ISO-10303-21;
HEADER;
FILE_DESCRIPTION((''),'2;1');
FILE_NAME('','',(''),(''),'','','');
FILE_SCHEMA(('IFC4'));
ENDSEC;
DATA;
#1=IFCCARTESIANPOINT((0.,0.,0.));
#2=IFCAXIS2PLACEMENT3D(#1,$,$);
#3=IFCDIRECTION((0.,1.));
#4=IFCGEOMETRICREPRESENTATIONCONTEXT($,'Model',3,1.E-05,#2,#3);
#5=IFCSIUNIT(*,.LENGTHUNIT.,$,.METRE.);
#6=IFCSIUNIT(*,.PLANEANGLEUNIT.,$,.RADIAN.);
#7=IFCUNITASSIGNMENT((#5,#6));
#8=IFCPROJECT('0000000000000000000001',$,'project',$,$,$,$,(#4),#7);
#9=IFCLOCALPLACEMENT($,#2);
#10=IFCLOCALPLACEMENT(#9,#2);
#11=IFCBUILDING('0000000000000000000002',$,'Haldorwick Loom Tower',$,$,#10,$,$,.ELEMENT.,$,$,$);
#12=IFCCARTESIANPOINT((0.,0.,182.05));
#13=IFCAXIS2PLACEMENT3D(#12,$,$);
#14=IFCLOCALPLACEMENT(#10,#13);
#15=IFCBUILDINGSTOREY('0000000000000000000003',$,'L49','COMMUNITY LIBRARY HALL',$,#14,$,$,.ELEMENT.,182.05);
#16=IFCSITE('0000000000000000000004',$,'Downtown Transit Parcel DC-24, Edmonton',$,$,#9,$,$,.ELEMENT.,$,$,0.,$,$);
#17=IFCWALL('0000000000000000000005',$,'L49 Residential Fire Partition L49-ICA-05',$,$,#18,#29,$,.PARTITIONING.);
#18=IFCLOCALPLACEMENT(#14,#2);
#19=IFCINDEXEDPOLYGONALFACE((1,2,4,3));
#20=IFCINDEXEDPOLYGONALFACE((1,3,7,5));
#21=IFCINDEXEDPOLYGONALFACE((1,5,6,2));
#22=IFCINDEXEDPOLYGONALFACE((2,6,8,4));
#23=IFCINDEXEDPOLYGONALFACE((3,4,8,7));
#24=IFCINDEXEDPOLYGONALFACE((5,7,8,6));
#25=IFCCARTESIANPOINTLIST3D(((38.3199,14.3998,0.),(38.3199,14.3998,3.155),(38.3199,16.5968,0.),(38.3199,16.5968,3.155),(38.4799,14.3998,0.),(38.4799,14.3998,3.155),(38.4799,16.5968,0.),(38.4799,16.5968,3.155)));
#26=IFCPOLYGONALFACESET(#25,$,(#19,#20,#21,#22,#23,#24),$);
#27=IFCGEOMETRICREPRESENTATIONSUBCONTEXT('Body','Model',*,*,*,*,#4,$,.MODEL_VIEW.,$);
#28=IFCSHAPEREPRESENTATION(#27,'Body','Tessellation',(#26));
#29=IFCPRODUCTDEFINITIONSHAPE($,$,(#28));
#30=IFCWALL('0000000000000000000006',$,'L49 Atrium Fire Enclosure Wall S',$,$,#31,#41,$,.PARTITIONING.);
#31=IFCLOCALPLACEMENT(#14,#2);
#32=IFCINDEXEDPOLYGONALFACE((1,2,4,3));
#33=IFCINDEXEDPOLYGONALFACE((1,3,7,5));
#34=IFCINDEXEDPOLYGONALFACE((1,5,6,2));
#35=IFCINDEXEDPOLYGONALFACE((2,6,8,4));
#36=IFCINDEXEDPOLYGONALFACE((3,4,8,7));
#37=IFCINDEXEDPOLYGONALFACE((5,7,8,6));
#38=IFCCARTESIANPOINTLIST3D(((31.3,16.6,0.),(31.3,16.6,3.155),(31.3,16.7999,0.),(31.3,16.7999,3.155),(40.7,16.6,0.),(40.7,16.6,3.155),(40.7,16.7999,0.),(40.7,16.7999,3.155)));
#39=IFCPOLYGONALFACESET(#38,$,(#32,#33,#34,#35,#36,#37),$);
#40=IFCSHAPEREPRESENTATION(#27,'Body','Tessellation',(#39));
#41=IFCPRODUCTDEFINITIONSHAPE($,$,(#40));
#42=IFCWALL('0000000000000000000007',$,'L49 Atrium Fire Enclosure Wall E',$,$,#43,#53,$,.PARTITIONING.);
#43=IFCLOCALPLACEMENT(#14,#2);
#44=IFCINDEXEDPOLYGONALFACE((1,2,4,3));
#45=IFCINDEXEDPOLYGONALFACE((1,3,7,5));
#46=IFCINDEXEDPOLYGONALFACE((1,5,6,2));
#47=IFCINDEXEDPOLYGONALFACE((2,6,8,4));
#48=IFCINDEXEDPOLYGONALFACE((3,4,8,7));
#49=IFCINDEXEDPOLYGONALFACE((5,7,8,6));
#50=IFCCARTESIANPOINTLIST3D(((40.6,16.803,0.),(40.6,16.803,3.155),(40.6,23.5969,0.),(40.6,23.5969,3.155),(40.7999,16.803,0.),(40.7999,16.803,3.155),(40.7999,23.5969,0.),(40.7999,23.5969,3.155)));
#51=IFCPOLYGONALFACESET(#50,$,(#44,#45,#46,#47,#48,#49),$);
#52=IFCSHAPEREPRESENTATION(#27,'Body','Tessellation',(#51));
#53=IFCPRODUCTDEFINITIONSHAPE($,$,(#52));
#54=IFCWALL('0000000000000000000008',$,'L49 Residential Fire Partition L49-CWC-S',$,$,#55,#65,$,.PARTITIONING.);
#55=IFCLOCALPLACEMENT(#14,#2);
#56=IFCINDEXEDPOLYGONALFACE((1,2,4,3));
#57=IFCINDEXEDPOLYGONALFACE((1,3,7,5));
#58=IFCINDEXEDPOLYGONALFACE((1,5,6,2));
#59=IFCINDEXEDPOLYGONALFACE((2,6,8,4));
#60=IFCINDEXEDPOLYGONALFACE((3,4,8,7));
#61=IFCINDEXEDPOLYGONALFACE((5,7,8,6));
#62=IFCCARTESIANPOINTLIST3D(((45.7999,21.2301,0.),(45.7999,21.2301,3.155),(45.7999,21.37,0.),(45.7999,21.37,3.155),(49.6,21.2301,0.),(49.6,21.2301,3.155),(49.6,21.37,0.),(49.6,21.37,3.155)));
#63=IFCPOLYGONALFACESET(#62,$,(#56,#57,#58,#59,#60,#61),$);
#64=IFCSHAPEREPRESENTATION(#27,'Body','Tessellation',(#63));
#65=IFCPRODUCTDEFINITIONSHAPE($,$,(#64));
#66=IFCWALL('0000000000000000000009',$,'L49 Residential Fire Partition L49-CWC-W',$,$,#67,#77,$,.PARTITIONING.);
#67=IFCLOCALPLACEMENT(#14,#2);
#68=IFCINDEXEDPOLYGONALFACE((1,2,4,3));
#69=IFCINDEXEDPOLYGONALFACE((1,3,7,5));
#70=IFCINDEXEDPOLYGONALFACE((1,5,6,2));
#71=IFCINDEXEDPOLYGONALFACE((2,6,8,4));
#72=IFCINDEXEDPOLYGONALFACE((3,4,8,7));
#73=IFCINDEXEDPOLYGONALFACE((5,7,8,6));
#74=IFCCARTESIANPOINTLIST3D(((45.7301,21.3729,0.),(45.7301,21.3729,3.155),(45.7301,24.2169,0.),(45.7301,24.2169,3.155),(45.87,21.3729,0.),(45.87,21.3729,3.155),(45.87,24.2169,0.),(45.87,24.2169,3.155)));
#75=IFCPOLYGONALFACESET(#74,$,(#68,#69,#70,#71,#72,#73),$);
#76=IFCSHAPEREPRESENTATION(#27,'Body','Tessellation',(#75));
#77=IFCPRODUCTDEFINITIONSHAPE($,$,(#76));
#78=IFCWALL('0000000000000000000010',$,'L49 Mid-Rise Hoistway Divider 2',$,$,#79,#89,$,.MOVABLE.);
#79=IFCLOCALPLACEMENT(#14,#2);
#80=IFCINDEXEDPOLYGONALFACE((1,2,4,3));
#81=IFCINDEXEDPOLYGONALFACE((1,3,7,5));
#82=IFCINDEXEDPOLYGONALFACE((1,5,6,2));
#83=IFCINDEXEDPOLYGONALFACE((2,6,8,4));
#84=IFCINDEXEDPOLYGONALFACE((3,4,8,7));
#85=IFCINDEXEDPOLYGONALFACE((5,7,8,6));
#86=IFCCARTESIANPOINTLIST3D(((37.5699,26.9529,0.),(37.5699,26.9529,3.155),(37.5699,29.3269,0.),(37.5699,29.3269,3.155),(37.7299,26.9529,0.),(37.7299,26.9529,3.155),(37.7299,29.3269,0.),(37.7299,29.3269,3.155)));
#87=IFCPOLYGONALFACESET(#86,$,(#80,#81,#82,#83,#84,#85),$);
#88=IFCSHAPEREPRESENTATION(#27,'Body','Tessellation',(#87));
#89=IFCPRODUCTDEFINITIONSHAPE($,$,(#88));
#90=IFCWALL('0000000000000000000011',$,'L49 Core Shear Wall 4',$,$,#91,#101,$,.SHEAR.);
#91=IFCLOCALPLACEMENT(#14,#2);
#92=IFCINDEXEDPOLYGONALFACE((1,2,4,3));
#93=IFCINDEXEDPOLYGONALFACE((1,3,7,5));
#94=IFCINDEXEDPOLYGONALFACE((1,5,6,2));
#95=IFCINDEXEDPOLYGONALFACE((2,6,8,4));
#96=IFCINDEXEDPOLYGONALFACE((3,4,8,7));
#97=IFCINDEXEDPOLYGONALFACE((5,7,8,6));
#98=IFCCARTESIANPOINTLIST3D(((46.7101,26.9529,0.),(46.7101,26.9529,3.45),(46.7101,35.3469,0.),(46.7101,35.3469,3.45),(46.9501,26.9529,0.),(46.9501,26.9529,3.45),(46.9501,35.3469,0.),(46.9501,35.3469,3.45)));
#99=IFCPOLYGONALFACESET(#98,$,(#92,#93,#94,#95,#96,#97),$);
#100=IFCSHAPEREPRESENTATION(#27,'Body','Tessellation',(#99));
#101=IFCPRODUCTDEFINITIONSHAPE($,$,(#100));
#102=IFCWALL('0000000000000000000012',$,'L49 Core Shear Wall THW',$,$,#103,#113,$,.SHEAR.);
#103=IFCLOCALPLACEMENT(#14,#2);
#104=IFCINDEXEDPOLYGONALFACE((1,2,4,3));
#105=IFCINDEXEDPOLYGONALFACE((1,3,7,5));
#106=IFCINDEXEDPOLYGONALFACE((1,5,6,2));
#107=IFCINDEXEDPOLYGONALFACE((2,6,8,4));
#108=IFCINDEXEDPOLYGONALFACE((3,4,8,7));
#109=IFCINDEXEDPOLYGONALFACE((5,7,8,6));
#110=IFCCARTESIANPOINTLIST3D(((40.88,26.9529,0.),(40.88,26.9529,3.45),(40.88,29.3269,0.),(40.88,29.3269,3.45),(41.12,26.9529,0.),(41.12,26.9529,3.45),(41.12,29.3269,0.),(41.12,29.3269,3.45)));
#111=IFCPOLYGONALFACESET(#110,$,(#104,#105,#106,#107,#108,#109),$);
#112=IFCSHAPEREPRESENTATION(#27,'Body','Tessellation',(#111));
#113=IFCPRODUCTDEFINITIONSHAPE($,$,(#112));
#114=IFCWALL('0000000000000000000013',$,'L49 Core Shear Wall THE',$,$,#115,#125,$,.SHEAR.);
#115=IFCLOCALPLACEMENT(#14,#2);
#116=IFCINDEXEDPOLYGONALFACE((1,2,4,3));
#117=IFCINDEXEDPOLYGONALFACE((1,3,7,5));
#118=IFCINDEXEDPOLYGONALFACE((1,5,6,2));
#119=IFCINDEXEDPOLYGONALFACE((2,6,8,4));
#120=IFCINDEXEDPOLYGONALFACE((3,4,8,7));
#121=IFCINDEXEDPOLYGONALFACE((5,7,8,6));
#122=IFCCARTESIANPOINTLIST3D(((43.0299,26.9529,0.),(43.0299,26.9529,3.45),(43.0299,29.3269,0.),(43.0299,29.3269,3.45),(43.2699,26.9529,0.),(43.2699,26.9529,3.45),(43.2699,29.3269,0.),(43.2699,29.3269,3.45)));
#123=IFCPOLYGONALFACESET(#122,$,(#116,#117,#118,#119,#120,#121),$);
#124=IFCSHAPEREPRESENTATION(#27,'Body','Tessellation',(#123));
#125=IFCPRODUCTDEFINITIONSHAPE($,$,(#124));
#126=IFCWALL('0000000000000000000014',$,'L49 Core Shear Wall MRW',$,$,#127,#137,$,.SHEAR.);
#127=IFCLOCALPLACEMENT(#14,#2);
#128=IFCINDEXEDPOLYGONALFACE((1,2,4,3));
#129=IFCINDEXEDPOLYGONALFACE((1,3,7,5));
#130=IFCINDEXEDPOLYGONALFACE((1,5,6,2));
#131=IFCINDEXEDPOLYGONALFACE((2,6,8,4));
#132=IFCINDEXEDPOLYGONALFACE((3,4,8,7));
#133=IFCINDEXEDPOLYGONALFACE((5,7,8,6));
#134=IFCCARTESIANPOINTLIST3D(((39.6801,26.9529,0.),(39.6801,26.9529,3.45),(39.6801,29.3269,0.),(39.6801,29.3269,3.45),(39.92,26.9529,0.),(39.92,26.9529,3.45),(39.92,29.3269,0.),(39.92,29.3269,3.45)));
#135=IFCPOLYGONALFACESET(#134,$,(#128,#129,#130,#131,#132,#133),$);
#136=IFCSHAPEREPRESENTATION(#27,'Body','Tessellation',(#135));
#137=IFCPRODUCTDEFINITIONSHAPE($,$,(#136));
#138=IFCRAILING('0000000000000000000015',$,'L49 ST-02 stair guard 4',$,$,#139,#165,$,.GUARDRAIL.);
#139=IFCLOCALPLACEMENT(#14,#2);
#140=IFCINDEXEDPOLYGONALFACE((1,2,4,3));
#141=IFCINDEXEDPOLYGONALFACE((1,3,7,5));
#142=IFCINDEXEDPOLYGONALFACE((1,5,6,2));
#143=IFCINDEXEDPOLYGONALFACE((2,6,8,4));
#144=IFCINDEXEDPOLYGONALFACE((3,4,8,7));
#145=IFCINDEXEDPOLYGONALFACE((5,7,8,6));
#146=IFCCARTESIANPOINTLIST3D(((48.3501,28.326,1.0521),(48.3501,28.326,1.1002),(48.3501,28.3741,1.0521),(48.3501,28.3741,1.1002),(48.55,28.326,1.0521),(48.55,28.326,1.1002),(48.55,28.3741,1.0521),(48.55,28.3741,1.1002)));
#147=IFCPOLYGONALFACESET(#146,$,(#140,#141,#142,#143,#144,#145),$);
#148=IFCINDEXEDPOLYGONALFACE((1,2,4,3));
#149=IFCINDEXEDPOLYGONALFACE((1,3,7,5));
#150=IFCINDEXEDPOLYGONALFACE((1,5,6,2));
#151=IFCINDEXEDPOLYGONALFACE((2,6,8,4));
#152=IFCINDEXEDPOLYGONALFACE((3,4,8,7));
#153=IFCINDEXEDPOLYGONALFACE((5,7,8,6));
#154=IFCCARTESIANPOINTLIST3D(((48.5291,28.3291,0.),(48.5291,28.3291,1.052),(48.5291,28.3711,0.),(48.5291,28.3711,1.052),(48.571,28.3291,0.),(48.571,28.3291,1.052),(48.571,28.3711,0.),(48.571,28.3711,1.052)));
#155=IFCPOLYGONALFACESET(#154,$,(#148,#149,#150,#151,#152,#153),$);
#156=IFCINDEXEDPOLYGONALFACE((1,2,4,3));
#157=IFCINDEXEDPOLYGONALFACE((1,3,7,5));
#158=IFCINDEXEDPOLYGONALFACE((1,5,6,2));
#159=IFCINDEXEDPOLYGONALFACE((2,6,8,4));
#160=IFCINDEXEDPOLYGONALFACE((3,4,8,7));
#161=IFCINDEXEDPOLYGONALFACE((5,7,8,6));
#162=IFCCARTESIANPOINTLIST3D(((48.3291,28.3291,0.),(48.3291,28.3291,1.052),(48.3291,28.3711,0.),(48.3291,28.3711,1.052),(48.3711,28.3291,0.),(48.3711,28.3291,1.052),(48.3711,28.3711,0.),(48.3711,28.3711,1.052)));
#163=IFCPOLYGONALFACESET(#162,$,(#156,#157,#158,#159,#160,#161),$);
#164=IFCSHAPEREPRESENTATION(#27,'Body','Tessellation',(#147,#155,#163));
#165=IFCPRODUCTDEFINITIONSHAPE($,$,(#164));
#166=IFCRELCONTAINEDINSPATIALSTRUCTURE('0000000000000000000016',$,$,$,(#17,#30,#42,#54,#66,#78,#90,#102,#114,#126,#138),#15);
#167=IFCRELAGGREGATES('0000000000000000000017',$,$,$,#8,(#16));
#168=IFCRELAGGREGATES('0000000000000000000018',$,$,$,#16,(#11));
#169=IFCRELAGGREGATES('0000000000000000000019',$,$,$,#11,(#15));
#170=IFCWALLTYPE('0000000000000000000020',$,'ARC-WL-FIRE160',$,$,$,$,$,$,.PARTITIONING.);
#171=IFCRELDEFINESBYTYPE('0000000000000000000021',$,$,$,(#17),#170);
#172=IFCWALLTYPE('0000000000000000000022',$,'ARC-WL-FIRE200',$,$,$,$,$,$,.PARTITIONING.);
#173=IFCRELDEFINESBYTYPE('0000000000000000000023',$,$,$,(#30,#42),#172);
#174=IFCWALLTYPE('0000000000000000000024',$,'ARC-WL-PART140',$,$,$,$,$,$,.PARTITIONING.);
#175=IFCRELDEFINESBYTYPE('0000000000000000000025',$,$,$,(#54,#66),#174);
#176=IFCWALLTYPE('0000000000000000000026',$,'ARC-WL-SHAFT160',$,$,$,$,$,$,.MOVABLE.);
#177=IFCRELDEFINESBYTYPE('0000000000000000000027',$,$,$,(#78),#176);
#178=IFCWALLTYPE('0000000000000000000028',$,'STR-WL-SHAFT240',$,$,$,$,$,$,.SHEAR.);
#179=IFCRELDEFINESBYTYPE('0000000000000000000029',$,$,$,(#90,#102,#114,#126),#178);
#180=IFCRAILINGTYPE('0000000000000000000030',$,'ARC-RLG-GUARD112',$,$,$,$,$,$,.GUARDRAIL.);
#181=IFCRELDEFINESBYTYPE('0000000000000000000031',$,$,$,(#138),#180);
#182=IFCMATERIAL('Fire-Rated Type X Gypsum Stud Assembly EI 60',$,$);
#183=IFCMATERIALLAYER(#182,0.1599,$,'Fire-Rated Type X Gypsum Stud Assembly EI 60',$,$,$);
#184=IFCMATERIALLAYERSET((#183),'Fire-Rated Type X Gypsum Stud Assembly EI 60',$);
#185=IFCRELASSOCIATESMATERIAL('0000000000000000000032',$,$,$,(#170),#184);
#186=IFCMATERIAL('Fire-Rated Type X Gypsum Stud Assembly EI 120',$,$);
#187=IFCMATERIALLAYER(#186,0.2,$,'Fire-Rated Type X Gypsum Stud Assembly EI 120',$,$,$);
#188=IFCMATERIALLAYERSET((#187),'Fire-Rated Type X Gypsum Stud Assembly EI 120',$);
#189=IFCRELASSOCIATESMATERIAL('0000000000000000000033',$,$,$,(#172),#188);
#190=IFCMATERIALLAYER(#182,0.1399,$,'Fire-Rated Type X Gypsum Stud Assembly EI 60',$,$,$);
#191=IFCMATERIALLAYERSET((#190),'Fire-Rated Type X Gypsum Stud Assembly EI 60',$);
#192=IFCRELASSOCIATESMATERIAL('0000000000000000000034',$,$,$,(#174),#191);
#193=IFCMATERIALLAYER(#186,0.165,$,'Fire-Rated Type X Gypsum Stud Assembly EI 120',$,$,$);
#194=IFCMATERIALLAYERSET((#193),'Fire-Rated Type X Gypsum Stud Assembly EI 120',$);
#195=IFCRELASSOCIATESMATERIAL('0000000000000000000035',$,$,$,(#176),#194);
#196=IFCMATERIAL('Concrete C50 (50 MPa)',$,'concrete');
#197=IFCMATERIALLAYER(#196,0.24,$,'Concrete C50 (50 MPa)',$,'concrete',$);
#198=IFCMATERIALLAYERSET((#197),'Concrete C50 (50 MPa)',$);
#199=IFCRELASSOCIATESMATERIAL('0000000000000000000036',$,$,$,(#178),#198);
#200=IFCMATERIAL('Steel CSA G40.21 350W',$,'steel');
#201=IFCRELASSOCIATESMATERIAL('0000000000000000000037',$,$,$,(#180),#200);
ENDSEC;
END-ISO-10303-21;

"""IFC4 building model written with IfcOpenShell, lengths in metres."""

from ifc_helpers import new_model, si_unit, direction, frame, frame_2d, origin, origin_2d, place, context, subcontext, project, spatial, rectangle, extrude, material, layer, layer_set, type_object, element, save


model = new_model("IFC4")

# Units and contexts
model_context = context("Model", 3, precision=1e-05, world=origin(), true_north=direction((0.0, 1.0)))
body_context = subcontext(model_context, "Body", "Model", "MODEL_VIEW")
ifc_project = project(units=[si_unit("LENGTHUNIT", "METRE"), si_unit("PLANEANGLEUNIT", "RADIAN")], contexts=[model_context])

# Site, building, storey
site_placement = place(None, origin())
site = spatial("IfcSite", under=ifc_project, at=site_placement, Name="Downtown Transit Parcel DC-24, Edmonton", CompositionType="ELEMENT", RefElevation=0.0)
building_placement = place(site_placement, origin())
building = spatial("IfcBuilding", under=site, at=building_placement, Name="Haldorwick Loom Tower", CompositionType="ELEMENT")
storey_placement = place(building_placement, frame((0.0, 0.0, 182.05)))
storey = spatial("IfcBuildingStorey", under=building, at=storey_placement, Name="L49", Description="COMMUNITY LIBRARY HALL", CompositionType="ELEMENT", Elevation=182.05)

# Shared definitions
ifc_material_1 = material(Name="Steel CSA G40.21 350W", Category="steel")

# Shared definitions
ifc_material_2 = material(Name="Concrete C50 (50 MPa)", Category="concrete")

# Walls
ifc_material_3 = material(Name="Fire-Rated Type X Gypsum Stud Assembly EI 60")
ifc_layer_1 = layer(ifc_material_3, 0.1599, Name="Fire-Rated Type X Gypsum Stud Assembly EI 60")
ifc_layer_set_1 = layer_set([ifc_layer_1], Name="Fire-Rated Type X Gypsum Stud Assembly EI 60")
wall_type_1 = type_object("IfcWallType", Name="ARC-WL-FIRE160", PredefinedType="PARTITIONING", material=ifc_layer_set_1)
wall_1_placement = place(storey_placement, frame((38.3999, 16.5969, 0.0), z_axis=(0.0, 0.0, 1.0), x_axis=(0.0, -1.0, 0.0)))
element("IfcWall", 1, at=wall_1_placement, inside=storey, type_object=wall_type_1, Name="L49 Residential Fire Partition L49-ICA-05", PredefinedType="PARTITIONING", context=body_context, shape_type="SweptSolid", body=[
    extrude(rectangle(XDim=2.197, YDim=0.1599, at=frame_2d((1.0986, 0.0))), origin(), (0.0, 0.0, 1.0), 3.155),
])
ifc_material_4 = material(Name="Fire-Rated Type X Gypsum Stud Assembly EI 120")
ifc_layer_2 = layer(ifc_material_4, 0.2, Name="Fire-Rated Type X Gypsum Stud Assembly EI 120")
ifc_layer_set_2 = layer_set([ifc_layer_2], Name="Fire-Rated Type X Gypsum Stud Assembly EI 120")
wall_type_2 = type_object("IfcWallType", Name="ARC-WL-FIRE200", PredefinedType="PARTITIONING", material=ifc_layer_set_2)
wall_2_placement = place(storey_placement, frame((40.7, 16.7, 0.0), z_axis=(0.0, 0.0, 1.0), x_axis=(-1.0, 0.0, 0.0)))
element("IfcWall", 2, at=wall_2_placement, inside=storey, type_object=wall_type_2, Name="L49 Atrium Fire Enclosure Wall S", PredefinedType="PARTITIONING", context=body_context, shape_type="SweptSolid", body=[
    extrude(rectangle(XDim=9.3999, YDim=0.2, at=frame_2d((4.7, 0.0))), origin(), (0.0, 0.0, 1.0), 3.155),
])
wall_3_placement = place(storey_placement, frame((40.7, 23.5969, 0.0), z_axis=(0.0, 0.0, 1.0), x_axis=(0.0, -1.0, 0.0)))
element("IfcWall", 3, at=wall_3_placement, inside=storey, type_object=wall_type_2, Name="L49 Atrium Fire Enclosure Wall E", PredefinedType="PARTITIONING", context=body_context, shape_type="SweptSolid", body=[
    extrude(rectangle(XDim=6.7939, YDim=0.2, at=frame_2d((3.397, 0.0))), origin(), (0.0, 0.0, 1.0), 3.155),
])
ifc_layer_3 = layer(ifc_material_3, 0.1399, Name="Fire-Rated Type X Gypsum Stud Assembly EI 60")
ifc_layer_set_3 = layer_set([ifc_layer_3], Name="Fire-Rated Type X Gypsum Stud Assembly EI 60")
wall_type_3 = type_object("IfcWallType", Name="ARC-WL-PART140", PredefinedType="PARTITIONING", material=ifc_layer_set_3)
wall_4_placement = place(storey_placement, frame((45.8, 21.3, 0.0), z_axis=(0.0, 0.0, 1.0), x_axis=(1.0, 0.0, 0.0)))
element("IfcWall", 4, at=wall_4_placement, inside=storey, type_object=wall_type_3, Name="L49 Residential Fire Partition L49-CWC-S", PredefinedType="PARTITIONING", context=body_context, shape_type="SweptSolid", body=[
    extrude(rectangle(XDim=3.8, YDim=0.1399, at=frame_2d((1.8999, 0.0))), origin(), (0.0, 0.0, 1.0), 3.155),
])
wall_5_placement = place(storey_placement, frame((45.8, 21.373, 0.0), z_axis=(0.0, 0.0, 1.0), x_axis=(0.0, 1.0, 0.0)))
element("IfcWall", 5, at=wall_5_placement, inside=storey, type_object=wall_type_3, Name="L49 Residential Fire Partition L49-CWC-W", PredefinedType="PARTITIONING", context=body_context, shape_type="SweptSolid", body=[
    extrude(rectangle(XDim=2.844, YDim=0.1399, at=frame_2d((1.4219, 0.0))), origin(), (0.0, 0.0, 1.0), 3.155),
])
ifc_layer_4 = layer(ifc_material_4, 0.165, Name="Fire-Rated Type X Gypsum Stud Assembly EI 120")
ifc_layer_set_4 = layer_set([ifc_layer_4], Name="Fire-Rated Type X Gypsum Stud Assembly EI 120")
wall_type_4 = type_object("IfcWallType", Name="ARC-WL-SHAFT160", PredefinedType="MOVABLE", material=ifc_layer_set_4)
wall_6_placement = place(storey_placement, frame((37.6499, 26.9529, 0.0), z_axis=(0.0, 0.0, 1.0), x_axis=(0.0, 1.0, 0.0)))
element("IfcWall", 6, at=wall_6_placement, inside=storey, type_object=wall_type_4, Name="L49 Mid-Rise Hoistway Divider 2", PredefinedType="MOVABLE", context=body_context, shape_type="SweptSolid", body=[
    extrude(rectangle(XDim=2.374, YDim=0.1599, at=frame_2d((1.187, 0.0))), origin(), (0.0, 0.0, 1.0), 3.155),
])
ifc_layer_5 = layer(ifc_material_2, 0.24, Name="Concrete C50 (50 MPa)", Category="concrete")
ifc_layer_set_5 = layer_set([ifc_layer_5], Name="Concrete C50 (50 MPa)")
wall_type_5 = type_object("IfcWallType", Name="STR-WL-SHAFT240", PredefinedType="SHEAR", material=ifc_layer_set_5)
wall_7_placement = place(storey_placement, frame((46.8301, 26.9529, 0.0), z_axis=(0.0, 0.0, 1.0), x_axis=(0.0, 1.0, 0.0)))
element("IfcWall", 7, at=wall_7_placement, inside=storey, type_object=wall_type_5, Name="L49 Core Shear Wall 4", PredefinedType="SHEAR", context=body_context, shape_type="SweptSolid", body=[
    extrude(rectangle(XDim=8.394, YDim=0.24, at=frame_2d((4.197, 0.0))), origin(), (0.0, 0.0, 1.0), 3.45),
])
for number, where, z_axis, x_axis, name in (
    (8, (41.0, 26.9529, 0.0), (0.0, 0.0, 1.0), (0.0, 1.0, 0.0), "L49 Core Shear Wall THW"),
    (9, (43.1499, 26.9529, 0.0), (0.0, 0.0, 1.0), (0.0, 1.0, 0.0), "L49 Core Shear Wall THE"),
    (10, (39.8, 26.9529, 0.0), (0.0, 0.0, 1.0), (0.0, 1.0, 0.0), "L49 Core Shear Wall MRW"),
):
    element("IfcWall", number, at=place(storey_placement, frame(where, z_axis=z_axis, x_axis=x_axis)), inside=storey, type_object=wall_type_5, Name=name, PredefinedType="SHEAR", context=body_context, shape_type="SweptSolid", body=[
        extrude(rectangle(XDim=2.374, YDim=0.24, at=frame_2d((1.187, 0.0))), origin(), (0.0, 0.0, 1.0), 3.45),
    ])

# Railing
railing_type = type_object("IfcRailingType", Name="ARC-RLG-GUARD112", PredefinedType="GUARDRAIL", material=ifc_material_1)
railing_placement = place(storey_placement, frame((48.55, 28.3501, 0.0)))
element("IfcRailing", 11, at=railing_placement, inside=storey, type_object=railing_type, Name="L49 ST-02 stair guard 4", PredefinedType="GUARDRAIL", context=body_context, shape_type="SweptSolid", body=[
    extrude(rectangle(XDim=0.0481, YDim=0.0481, at=origin_2d()), frame((0.0, 0.0, 1.0762), z_axis=(-1.0, 0.0, 0.0), x_axis=(0.0, -1.0, 0.0)), (0.0, 0.0, 1.0), 0.2),
    extrude(rectangle(XDim=0.042, YDim=0.042, at=origin_2d()), origin(), (0.0, 0.0, 1.0), 1.052),
    extrude(rectangle(XDim=0.042, YDim=0.042, at=origin_2d()), frame((-0.2, 0.0, 0.0)), (0.0, 0.0, 1.0), 1.052),
])

save(model, "model.ifc")
